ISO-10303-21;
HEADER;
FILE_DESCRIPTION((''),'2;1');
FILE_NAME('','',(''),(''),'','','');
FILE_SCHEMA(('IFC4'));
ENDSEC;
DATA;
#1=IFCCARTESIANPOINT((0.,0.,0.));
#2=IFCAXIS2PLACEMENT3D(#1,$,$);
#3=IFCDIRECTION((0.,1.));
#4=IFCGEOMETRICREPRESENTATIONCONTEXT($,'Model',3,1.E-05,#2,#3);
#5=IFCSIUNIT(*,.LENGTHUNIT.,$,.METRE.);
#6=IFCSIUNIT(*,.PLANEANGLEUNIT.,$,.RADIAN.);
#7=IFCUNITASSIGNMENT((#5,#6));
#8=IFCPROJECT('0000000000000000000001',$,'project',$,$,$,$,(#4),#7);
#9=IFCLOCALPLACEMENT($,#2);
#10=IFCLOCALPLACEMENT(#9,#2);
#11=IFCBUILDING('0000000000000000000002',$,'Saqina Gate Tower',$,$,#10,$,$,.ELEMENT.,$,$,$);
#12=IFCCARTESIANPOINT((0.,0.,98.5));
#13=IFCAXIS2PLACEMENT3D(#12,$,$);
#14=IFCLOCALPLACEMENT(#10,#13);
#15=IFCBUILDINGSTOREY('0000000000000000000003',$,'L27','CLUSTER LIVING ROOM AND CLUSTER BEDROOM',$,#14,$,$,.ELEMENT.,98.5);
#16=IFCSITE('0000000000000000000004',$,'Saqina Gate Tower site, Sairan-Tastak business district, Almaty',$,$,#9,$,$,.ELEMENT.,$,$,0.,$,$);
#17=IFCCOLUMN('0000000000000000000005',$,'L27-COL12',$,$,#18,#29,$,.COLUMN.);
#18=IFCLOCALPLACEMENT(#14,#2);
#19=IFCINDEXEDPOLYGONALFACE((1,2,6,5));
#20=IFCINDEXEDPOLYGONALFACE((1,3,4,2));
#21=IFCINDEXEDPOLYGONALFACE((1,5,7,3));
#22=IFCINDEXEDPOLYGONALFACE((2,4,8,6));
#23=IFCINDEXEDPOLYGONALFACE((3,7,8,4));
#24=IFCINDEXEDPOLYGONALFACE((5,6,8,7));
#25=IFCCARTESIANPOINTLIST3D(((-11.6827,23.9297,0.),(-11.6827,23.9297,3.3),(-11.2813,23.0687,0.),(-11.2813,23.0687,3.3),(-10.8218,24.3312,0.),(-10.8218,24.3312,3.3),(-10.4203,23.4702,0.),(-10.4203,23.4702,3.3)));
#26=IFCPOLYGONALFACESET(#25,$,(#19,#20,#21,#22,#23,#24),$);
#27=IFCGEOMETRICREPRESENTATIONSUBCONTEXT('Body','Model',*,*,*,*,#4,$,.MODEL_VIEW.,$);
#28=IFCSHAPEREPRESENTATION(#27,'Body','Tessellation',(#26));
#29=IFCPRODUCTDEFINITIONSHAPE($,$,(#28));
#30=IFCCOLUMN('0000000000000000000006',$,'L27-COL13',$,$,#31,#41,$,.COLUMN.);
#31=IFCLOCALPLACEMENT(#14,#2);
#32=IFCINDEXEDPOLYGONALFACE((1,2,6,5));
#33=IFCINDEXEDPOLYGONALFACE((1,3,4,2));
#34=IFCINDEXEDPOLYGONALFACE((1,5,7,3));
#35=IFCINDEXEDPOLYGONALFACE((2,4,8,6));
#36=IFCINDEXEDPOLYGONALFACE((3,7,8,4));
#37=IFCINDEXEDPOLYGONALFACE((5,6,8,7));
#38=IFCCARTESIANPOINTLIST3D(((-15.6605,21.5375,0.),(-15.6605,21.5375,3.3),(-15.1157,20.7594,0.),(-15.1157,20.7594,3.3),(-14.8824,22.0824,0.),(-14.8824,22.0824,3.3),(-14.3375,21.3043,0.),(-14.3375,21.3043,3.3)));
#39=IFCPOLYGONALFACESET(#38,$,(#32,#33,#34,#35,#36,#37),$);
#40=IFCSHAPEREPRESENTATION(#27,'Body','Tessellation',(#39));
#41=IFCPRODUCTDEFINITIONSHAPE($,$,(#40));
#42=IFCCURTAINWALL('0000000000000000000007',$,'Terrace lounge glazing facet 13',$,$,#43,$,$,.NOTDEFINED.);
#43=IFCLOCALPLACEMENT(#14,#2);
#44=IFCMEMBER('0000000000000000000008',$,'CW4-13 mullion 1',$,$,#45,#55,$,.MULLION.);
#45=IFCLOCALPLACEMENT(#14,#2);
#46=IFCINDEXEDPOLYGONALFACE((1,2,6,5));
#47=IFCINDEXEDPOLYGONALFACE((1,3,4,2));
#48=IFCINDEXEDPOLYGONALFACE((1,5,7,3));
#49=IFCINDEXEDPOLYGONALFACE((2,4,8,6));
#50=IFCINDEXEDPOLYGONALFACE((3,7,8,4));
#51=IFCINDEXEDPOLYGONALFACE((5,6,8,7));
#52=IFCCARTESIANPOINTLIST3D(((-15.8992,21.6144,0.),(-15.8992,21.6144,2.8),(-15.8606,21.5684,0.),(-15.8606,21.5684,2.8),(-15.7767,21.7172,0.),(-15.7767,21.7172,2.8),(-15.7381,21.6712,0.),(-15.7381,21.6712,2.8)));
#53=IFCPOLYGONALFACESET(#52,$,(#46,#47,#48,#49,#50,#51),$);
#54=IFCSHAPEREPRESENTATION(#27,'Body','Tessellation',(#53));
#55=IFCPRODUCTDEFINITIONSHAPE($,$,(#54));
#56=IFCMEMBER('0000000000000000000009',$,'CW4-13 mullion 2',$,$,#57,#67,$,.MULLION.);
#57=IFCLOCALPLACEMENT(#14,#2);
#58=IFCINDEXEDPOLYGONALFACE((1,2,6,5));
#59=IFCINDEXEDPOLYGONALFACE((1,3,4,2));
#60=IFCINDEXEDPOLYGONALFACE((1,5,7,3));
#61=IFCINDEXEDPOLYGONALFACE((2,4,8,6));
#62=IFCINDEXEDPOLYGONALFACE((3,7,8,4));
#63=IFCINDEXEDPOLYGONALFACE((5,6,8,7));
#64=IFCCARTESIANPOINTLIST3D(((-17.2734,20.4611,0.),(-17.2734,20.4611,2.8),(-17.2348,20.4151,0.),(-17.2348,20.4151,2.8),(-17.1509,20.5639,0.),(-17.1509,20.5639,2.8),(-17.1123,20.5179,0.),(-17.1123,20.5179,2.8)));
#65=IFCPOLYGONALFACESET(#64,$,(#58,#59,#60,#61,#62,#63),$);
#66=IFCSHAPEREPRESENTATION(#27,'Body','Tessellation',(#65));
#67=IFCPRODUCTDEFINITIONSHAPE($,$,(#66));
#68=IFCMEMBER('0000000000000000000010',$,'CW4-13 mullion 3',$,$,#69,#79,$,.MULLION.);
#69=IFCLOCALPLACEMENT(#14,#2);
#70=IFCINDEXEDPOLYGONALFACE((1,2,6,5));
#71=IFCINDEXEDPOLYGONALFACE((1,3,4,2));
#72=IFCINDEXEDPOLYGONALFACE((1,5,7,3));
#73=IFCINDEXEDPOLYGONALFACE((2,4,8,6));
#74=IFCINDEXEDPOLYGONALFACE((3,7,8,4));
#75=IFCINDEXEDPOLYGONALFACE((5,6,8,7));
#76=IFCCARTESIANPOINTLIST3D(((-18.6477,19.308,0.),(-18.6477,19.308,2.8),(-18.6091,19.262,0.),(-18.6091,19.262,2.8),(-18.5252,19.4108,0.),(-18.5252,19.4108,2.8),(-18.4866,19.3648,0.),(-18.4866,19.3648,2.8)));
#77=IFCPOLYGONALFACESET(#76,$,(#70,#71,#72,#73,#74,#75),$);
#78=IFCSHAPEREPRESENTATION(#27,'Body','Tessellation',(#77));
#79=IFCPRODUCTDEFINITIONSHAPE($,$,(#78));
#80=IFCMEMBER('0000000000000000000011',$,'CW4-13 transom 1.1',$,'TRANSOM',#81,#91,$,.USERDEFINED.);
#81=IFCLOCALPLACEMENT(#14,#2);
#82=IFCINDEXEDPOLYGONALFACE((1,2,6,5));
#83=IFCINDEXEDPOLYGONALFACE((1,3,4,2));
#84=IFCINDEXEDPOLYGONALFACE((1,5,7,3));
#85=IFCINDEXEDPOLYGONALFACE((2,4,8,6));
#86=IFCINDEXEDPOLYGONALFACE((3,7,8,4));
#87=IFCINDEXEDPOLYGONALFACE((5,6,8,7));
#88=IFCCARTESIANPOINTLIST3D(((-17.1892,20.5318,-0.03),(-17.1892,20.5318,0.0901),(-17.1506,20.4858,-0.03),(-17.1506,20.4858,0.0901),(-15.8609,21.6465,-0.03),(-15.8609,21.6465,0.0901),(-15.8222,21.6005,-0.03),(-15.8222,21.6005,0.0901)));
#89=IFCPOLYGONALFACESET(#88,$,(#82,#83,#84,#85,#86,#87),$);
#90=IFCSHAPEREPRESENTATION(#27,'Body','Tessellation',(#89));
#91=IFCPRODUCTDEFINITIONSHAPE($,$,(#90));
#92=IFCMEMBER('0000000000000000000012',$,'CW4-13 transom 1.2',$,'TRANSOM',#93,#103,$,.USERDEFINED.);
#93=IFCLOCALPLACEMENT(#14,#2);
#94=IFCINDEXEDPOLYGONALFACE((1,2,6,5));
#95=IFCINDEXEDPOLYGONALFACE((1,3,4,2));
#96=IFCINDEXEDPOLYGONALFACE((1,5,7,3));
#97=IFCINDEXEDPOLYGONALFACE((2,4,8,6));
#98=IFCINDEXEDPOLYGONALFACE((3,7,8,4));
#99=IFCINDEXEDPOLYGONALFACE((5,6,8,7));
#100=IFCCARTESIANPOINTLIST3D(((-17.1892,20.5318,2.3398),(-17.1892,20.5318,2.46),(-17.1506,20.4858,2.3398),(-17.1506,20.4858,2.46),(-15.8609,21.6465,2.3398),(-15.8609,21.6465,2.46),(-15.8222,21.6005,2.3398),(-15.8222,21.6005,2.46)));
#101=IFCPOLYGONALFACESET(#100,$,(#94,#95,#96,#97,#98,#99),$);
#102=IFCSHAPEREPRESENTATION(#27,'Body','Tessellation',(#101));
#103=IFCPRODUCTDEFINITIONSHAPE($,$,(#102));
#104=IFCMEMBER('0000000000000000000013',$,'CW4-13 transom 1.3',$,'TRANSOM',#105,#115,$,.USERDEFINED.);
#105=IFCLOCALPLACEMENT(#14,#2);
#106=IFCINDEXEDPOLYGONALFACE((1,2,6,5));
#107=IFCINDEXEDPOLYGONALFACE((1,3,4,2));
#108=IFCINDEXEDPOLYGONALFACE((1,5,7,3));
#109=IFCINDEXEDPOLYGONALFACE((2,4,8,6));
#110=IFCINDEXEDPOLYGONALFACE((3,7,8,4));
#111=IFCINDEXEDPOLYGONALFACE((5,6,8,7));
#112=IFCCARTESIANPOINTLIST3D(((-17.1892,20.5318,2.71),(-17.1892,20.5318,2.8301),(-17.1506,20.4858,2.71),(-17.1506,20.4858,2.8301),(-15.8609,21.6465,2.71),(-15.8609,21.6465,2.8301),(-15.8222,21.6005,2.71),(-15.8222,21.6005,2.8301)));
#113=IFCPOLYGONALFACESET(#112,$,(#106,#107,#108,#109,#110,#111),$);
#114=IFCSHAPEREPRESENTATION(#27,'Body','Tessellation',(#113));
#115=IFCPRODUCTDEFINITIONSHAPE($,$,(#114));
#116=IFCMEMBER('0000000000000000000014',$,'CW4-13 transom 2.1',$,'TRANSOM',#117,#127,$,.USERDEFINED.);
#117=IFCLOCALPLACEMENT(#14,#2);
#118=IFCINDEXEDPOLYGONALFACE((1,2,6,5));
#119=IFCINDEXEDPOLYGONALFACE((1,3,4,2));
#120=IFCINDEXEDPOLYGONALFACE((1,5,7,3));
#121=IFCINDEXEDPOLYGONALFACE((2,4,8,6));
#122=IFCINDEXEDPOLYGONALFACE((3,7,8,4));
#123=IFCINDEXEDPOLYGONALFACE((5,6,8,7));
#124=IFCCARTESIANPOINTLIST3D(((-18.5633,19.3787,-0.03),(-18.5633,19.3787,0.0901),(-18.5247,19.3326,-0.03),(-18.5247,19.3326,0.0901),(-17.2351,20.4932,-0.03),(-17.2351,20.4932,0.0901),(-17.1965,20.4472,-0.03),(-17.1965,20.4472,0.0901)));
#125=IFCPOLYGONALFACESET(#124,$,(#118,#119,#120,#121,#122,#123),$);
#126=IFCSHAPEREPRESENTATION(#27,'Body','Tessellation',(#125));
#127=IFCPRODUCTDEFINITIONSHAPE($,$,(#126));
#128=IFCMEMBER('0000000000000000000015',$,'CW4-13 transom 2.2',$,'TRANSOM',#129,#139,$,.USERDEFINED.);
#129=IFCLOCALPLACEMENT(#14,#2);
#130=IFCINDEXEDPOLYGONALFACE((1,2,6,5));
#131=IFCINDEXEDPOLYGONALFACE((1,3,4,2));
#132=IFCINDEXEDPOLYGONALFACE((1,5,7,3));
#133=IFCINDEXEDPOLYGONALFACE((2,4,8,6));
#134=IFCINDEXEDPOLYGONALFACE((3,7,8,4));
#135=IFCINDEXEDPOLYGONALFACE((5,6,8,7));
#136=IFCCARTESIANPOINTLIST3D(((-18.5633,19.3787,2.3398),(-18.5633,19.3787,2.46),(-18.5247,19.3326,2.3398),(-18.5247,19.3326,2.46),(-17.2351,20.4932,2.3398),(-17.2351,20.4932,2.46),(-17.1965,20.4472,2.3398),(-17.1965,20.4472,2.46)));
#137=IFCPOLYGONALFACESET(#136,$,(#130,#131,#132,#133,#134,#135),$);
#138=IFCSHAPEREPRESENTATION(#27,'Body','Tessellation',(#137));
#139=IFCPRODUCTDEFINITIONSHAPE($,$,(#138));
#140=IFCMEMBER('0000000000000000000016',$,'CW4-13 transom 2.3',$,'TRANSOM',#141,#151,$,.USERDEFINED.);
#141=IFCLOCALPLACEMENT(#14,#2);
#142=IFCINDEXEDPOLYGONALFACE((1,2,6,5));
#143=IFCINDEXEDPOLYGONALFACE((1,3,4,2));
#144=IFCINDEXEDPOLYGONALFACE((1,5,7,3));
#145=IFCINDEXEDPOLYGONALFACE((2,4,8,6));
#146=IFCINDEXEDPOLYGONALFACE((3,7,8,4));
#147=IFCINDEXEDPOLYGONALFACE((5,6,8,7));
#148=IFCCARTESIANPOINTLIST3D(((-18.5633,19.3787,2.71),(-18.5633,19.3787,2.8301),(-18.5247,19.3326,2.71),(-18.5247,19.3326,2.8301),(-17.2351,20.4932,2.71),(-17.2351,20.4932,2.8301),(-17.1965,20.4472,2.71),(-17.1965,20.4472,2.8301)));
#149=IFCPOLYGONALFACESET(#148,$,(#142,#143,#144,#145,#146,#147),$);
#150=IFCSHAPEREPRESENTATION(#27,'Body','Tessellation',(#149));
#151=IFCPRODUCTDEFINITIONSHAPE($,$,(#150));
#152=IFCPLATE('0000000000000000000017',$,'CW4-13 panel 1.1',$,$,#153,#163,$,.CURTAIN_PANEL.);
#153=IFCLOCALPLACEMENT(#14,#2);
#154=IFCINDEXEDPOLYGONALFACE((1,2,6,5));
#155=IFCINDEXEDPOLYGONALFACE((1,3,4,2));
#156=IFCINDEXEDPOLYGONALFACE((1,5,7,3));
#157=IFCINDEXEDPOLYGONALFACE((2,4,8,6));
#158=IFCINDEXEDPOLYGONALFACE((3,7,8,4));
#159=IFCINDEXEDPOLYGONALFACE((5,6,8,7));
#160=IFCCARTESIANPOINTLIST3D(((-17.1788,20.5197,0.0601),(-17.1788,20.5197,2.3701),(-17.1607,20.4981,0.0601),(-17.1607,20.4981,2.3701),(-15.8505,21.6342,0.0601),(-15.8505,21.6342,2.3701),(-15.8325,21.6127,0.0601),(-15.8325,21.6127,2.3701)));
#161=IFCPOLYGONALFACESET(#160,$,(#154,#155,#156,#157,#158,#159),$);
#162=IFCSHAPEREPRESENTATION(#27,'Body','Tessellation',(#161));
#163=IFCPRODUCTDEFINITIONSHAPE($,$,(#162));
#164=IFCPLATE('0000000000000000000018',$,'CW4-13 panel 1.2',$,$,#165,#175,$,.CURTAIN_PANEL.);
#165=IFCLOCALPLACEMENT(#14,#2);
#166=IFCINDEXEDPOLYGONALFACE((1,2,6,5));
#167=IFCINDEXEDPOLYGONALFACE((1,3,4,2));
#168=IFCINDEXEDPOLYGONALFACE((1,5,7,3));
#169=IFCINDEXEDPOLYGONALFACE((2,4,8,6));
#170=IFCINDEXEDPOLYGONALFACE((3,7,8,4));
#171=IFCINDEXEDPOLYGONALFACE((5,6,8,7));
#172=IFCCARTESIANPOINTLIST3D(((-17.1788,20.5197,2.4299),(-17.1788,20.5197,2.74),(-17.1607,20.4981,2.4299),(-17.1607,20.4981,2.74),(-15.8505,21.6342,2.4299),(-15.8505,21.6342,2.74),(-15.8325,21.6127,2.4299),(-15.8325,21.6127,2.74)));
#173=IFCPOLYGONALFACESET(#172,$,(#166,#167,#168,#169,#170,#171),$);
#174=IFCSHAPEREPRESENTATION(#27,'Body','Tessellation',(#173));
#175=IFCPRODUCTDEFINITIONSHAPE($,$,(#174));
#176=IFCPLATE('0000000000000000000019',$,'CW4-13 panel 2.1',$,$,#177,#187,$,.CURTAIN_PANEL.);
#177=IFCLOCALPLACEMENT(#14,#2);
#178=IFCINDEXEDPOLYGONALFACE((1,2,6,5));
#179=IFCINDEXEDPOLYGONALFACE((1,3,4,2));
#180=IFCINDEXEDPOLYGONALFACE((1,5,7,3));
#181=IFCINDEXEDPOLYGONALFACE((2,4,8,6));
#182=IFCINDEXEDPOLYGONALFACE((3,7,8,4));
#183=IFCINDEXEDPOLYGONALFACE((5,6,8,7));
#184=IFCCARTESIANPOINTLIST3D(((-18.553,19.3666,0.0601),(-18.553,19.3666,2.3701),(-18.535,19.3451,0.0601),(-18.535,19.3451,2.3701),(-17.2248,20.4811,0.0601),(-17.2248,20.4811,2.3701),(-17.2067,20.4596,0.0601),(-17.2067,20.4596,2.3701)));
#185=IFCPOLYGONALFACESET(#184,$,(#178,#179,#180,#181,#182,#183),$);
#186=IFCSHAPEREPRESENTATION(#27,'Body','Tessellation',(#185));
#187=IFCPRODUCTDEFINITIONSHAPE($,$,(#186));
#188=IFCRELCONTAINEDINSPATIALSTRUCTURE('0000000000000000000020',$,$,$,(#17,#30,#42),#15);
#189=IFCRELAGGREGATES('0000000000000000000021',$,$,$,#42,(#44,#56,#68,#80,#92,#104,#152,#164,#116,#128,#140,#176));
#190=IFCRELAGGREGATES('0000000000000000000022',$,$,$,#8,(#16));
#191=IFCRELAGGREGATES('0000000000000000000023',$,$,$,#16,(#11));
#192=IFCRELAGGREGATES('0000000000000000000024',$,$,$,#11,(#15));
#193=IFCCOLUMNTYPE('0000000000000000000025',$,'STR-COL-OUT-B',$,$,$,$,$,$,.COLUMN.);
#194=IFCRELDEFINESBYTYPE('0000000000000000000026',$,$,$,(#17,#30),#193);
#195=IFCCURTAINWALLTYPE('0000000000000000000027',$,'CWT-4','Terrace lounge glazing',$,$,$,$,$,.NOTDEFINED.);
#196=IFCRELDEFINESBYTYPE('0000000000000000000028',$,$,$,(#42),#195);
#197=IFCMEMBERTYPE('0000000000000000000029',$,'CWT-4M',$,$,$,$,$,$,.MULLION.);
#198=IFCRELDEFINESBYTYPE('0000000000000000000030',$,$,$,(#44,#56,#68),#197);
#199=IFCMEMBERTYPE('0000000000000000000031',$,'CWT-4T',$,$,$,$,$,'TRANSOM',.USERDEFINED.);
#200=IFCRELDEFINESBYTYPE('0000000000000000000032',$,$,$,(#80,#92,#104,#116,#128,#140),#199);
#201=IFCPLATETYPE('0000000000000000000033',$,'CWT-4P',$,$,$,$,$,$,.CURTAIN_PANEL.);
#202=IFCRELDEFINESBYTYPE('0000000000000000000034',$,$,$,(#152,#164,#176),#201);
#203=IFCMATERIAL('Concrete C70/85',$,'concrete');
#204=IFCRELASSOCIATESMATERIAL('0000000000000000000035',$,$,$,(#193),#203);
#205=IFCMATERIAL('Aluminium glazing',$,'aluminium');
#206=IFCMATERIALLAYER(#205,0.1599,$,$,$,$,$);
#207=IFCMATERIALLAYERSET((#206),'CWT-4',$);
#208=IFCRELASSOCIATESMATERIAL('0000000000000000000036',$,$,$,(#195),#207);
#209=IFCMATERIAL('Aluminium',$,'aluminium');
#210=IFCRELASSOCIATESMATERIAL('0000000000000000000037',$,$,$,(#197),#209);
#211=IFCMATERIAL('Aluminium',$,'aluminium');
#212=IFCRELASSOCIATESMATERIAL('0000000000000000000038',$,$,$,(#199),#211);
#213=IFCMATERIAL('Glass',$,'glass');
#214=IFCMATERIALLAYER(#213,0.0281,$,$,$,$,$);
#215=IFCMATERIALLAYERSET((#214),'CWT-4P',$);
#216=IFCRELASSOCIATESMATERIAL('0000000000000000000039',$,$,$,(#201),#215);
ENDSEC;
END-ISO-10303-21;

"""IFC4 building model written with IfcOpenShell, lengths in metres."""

from ifc_helpers import new_model, si_unit, direction, frame, origin, origin_2d, place, context, subcontext, project, spatial, rectangle, extrude, material, layer, layer_set, material_profile, profile_set, type_object, element, aggregate, save


model = new_model("IFC4")

# Units and contexts
model_context = context("Model", 3, precision=1e-05, world=origin(), true_north=direction((0.0, 1.0)))
body_context = subcontext(model_context, "Body", "Model", "MODEL_VIEW")
ifc_project = project(units=[si_unit("LENGTHUNIT", "METRE"), si_unit("PLANEANGLEUNIT", "RADIAN")], contexts=[model_context])

# Site, building, storey
site_placement = place(None, origin())
site = spatial("IfcSite", under=ifc_project, at=site_placement, Name="Saqina Gate Tower site, Sairan-Tastak business district, Almaty", CompositionType="ELEMENT", RefElevation=0.0)
building_placement = place(site_placement, origin())
building = spatial("IfcBuilding", under=site, at=building_placement, Name="Saqina Gate Tower", CompositionType="ELEMENT")
storey_placement = place(building_placement, frame((0.0, 0.0, 98.5)))
storey = spatial("IfcBuildingStorey", under=building, at=storey_placement, Name="L27", Description="CLUSTER LIVING ROOM AND CLUSTER BEDROOM", CompositionType="ELEMENT", Elevation=98.5)

# Columns
ifc_material_1 = material(Name="Concrete C70/85", Category="concrete")
ifc_material_profile_1 = material_profile(ifc_material_1, rectangle(XDim=0.95, YDim=0.95, at=origin_2d()), Name="RC 950x950")
ifc_profile_set_1 = profile_set([ifc_material_profile_1], Name="Concrete C70/85")
column_type = type_object("IfcColumnType", Name="STR-COL-OUT-B", PredefinedType="COLUMN", material=ifc_profile_set_1)
for number, where, z_axis, x_axis, name in (
    (1, (-11.0515, 23.7, 0.0), (0.0, 0.0, 1.0), (-0.422618, 0.906308, 0.0), "L27-COL12"),
    (2, (-14.999, 21.4209, 0.0), (0.0, 0.0, 1.0), (-0.573576, 0.819152, 0.0), "L27-COL13"),
):
    element("IfcColumn", number, at=place(storey_placement, frame(where, z_axis=z_axis, x_axis=x_axis)), inside=storey, type_object=column_type, Name=name, PredefinedType="COLUMN", context=body_context, shape_type="SweptSolid", body=[
        extrude(rectangle(XDim=0.95, YDim=0.95, at=origin_2d()), origin(), (0.0, 0.0, 1.0), 3.3),
    ])

# Curtain wall, members, plates
ifc_material_2 = material(Name="Aluminium glazing", Category="aluminium")
ifc_layer_1 = layer(ifc_material_2, 0.1599)
ifc_layer_set_1 = layer_set([ifc_layer_1], Name="CWT-4")
curtain_wall_type = type_object("IfcCurtainWallType", Name="CWT-4", Description="Terrace lounge glazing", PredefinedType="NOTDEFINED", material=ifc_layer_set_1)
curtain_wall_placement = place(storey_placement, origin())
curtain_wall = element("IfcCurtainWall", 3, at=curtain_wall_placement, inside=storey, type_object=curtain_wall_type, Name="Terrace lounge glazing facet 13", PredefinedType="NOTDEFINED")
ifc_material_3 = material(Name="Aluminium", Category="aluminium")
ifc_material_profile_2 = material_profile(ifc_material_3, rectangle(XDim=0.0601, YDim=0.1599, at=origin_2d()), Name="Aluminium 60x160")
ifc_profile_set_2 = profile_set([ifc_material_profile_2], Name="Aluminium")
member_type_1 = type_object("IfcMemberType", Name="CWT-4M", PredefinedType="MULLION", material=ifc_profile_set_2)
member_1_placement = place(storey_placement, frame((-15.8186, 21.6428, 0.0), z_axis=(0.0, 0.0, 1.0), x_axis=(0.642791, -0.766042, 0.0)))
member_1 = element("IfcMember", 4, at=member_1_placement, type_object=member_type_1, Name="CW4-13 mullion 1", PredefinedType="MULLION", context=body_context, shape_type="SweptSolid", body=[
    extrude(rectangle(XDim=0.0601, YDim=0.1599, at=origin_2d()), origin(), (0.0, 0.0, 1.0), 2.8),
])
member_2_placement = place(storey_placement, frame((-17.1929, 20.4895, 0.0), z_axis=(0.0, 0.0, 1.0), x_axis=(0.642791, -0.766042, 0.0)))
member_2 = element("IfcMember", 5, at=member_2_placement, type_object=member_type_1, Name="CW4-13 mullion 2", PredefinedType="MULLION", context=body_context, shape_type="SweptSolid", body=[
    extrude(rectangle(XDim=0.0601, YDim=0.1599, at=origin_2d()), origin(), (0.0, 0.0, 1.0), 2.8),
])
member_3_placement = place(storey_placement, frame((-18.5671, 19.3364, 0.0), z_axis=(0.0, 0.0, 1.0), x_axis=(0.642791, -0.766042, 0.0)))
member_3 = element("IfcMember", 6, at=member_3_placement, type_object=member_type_1, Name="CW4-13 mullion 3", PredefinedType="MULLION", context=body_context, shape_type="SweptSolid", body=[
    extrude(rectangle(XDim=0.0601, YDim=0.1599, at=origin_2d()), origin(), (0.0, 0.0, 1.0), 2.8),
])
ifc_material_4 = material(Name="Aluminium", Category="aluminium")
ifc_material_profile_3 = material_profile(ifc_material_4, rectangle(XDim=0.0601, YDim=0.1201, at=origin_2d()), Name="Aluminium 60x120")
ifc_profile_set_3 = profile_set([ifc_material_profile_3], Name="Aluminium")
member_type_2 = type_object("IfcMemberType", Name="CWT-4T", ElementType="TRANSOM", PredefinedType="USERDEFINED", material=ifc_profile_set_3)
member_4_placement = place(storey_placement, frame((-15.8416, 21.6235, 0.03), z_axis=(-0.766013, -0.642826, 0.0), x_axis=(0.642826, -0.766013, 0.0)))
member_4 = element("IfcMember", 7, at=member_4_placement, type_object=member_type_2, Name="CW4-13 transom 1.1", ObjectType="TRANSOM", PredefinedType="USERDEFINED", context=body_context, shape_type="SweptSolid", body=[
    extrude(rectangle(XDim=0.0601, YDim=0.1201, at=origin_2d()), origin(), (0.0, 0.0, 1.0), 1.7341),
])
member_5_placement = place(storey_placement, frame((-15.8416, 21.6235, 2.3999), z_axis=(-0.766013, -0.642826, 0.0), x_axis=(0.642826, -0.766013, 0.0)))
member_5 = element("IfcMember", 8, at=member_5_placement, type_object=member_type_2, Name="CW4-13 transom 1.2", ObjectType="TRANSOM", PredefinedType="USERDEFINED", context=body_context, shape_type="SweptSolid", body=[
    extrude(rectangle(XDim=0.0601, YDim=0.1201, at=origin_2d()), origin(), (0.0, 0.0, 1.0), 1.7341),
])
member_6_placement = place(storey_placement, frame((-15.8416, 21.6235, 2.77), z_axis=(-0.766013, -0.642826, 0.0), x_axis=(0.642826, -0.766013, 0.0)))
member_6 = element("IfcMember", 9, at=member_6_placement, type_object=member_type_2, Name="CW4-13 transom 1.3", ObjectType="TRANSOM", PredefinedType="USERDEFINED", context=body_context, shape_type="SweptSolid", body=[
    extrude(rectangle(XDim=0.0601, YDim=0.1201, at=origin_2d()), origin(), (0.0, 0.0, 1.0), 1.7341),
])
member_7_placement = place(storey_placement, frame((-17.2158, 20.4702, 0.03), z_axis=(-0.766024, -0.642812, 0.0), x_axis=(0.642812, -0.766024, 0.0)))
member_7 = element("IfcMember", 10, at=member_7_placement, type_object=member_type_2, Name="CW4-13 transom 2.1", ObjectType="TRANSOM", PredefinedType="USERDEFINED", context=body_context, shape_type="SweptSolid", body=[
    extrude(rectangle(XDim=0.0601, YDim=0.1201, at=origin_2d()), origin(), (0.0, 0.0, 1.0), 1.7339),
])
member_8_placement = place(storey_placement, frame((-17.2158, 20.4702, 2.3999), z_axis=(-0.766024, -0.642812, 0.0), x_axis=(0.642812, -0.766024, 0.0)))
member_8 = element("IfcMember", 11, at=member_8_placement, type_object=member_type_2, Name="CW4-13 transom 2.2", ObjectType="TRANSOM", PredefinedType="USERDEFINED", context=body_context, shape_type="SweptSolid", body=[
    extrude(rectangle(XDim=0.0601, YDim=0.1201, at=origin_2d()), origin(), (0.0, 0.0, 1.0), 1.7339),
])
member_9_placement = place(storey_placement, frame((-17.2158, 20.4702, 2.77), z_axis=(-0.766024, -0.642812, 0.0), x_axis=(0.642812, -0.766024, 0.0)))
member_9 = element("IfcMember", 12, at=member_9_placement, type_object=member_type_2, Name="CW4-13 transom 2.3", ObjectType="TRANSOM", PredefinedType="USERDEFINED", context=body_context, shape_type="SweptSolid", body=[
    extrude(rectangle(XDim=0.0601, YDim=0.1201, at=origin_2d()), origin(), (0.0, 0.0, 1.0), 1.7339),
])
ifc_material_5 = material(Name="Glass", Category="glass")
ifc_layer_2 = layer(ifc_material_5, 0.0281)
ifc_layer_set_2 = layer_set([ifc_layer_2], Name="CWT-4P")
plate_type = type_object("IfcPlateType", Name="CWT-4P", PredefinedType="CURTAIN_PANEL", material=ifc_layer_set_2)
plate_1_placement = place(storey_placement, frame((-16.5056, 21.0662, 0.0601), z_axis=(0.0, 0.0, 1.0), x_axis=(-0.766042, -0.642791, 0.0)))
plate_1 = element("IfcPlate", 13, at=plate_1_placement, type_object=plate_type, Name="CW4-13 panel 1.1", PredefinedType="CURTAIN_PANEL", context=body_context, shape_type="SweptSolid", body=[
    extrude(rectangle(XDim=1.7339, YDim=0.0281, at=origin_2d()), origin(), (0.0, 0.0, 1.0), 2.3101),
])
plate_2_placement = place(storey_placement, frame((-16.5056, 21.0662, 2.4299), z_axis=(0.0, 0.0, 1.0), x_axis=(-0.766042, -0.642791, 0.0)))
plate_2 = element("IfcPlate", 14, at=plate_2_placement, type_object=plate_type, Name="CW4-13 panel 1.2", PredefinedType="CURTAIN_PANEL", context=body_context, shape_type="SweptSolid", body=[
    extrude(rectangle(XDim=1.7339, YDim=0.0281, at=origin_2d()), origin(), (0.0, 0.0, 1.0), 0.3101),
])
plate_3_placement = place(storey_placement, frame((-17.8799, 19.9131, 0.0601), z_axis=(0.0, 0.0, 1.0), x_axis=(-0.766042, -0.642791, 0.0)))
plate_3 = element("IfcPlate", 15, at=plate_3_placement, type_object=plate_type, Name="CW4-13 panel 2.1", PredefinedType="CURTAIN_PANEL", context=body_context, shape_type="SweptSolid", body=[
    extrude(rectangle(XDim=1.7339, YDim=0.0281, at=origin_2d()), origin(), (0.0, 0.0, 1.0), 2.3101),
])
aggregate(curtain_wall, [member_1, member_2, member_3, member_4, member_5, member_6, plate_1, plate_2, member_7, member_8, member_9, plate_3])

save(model, "model.ifc")
